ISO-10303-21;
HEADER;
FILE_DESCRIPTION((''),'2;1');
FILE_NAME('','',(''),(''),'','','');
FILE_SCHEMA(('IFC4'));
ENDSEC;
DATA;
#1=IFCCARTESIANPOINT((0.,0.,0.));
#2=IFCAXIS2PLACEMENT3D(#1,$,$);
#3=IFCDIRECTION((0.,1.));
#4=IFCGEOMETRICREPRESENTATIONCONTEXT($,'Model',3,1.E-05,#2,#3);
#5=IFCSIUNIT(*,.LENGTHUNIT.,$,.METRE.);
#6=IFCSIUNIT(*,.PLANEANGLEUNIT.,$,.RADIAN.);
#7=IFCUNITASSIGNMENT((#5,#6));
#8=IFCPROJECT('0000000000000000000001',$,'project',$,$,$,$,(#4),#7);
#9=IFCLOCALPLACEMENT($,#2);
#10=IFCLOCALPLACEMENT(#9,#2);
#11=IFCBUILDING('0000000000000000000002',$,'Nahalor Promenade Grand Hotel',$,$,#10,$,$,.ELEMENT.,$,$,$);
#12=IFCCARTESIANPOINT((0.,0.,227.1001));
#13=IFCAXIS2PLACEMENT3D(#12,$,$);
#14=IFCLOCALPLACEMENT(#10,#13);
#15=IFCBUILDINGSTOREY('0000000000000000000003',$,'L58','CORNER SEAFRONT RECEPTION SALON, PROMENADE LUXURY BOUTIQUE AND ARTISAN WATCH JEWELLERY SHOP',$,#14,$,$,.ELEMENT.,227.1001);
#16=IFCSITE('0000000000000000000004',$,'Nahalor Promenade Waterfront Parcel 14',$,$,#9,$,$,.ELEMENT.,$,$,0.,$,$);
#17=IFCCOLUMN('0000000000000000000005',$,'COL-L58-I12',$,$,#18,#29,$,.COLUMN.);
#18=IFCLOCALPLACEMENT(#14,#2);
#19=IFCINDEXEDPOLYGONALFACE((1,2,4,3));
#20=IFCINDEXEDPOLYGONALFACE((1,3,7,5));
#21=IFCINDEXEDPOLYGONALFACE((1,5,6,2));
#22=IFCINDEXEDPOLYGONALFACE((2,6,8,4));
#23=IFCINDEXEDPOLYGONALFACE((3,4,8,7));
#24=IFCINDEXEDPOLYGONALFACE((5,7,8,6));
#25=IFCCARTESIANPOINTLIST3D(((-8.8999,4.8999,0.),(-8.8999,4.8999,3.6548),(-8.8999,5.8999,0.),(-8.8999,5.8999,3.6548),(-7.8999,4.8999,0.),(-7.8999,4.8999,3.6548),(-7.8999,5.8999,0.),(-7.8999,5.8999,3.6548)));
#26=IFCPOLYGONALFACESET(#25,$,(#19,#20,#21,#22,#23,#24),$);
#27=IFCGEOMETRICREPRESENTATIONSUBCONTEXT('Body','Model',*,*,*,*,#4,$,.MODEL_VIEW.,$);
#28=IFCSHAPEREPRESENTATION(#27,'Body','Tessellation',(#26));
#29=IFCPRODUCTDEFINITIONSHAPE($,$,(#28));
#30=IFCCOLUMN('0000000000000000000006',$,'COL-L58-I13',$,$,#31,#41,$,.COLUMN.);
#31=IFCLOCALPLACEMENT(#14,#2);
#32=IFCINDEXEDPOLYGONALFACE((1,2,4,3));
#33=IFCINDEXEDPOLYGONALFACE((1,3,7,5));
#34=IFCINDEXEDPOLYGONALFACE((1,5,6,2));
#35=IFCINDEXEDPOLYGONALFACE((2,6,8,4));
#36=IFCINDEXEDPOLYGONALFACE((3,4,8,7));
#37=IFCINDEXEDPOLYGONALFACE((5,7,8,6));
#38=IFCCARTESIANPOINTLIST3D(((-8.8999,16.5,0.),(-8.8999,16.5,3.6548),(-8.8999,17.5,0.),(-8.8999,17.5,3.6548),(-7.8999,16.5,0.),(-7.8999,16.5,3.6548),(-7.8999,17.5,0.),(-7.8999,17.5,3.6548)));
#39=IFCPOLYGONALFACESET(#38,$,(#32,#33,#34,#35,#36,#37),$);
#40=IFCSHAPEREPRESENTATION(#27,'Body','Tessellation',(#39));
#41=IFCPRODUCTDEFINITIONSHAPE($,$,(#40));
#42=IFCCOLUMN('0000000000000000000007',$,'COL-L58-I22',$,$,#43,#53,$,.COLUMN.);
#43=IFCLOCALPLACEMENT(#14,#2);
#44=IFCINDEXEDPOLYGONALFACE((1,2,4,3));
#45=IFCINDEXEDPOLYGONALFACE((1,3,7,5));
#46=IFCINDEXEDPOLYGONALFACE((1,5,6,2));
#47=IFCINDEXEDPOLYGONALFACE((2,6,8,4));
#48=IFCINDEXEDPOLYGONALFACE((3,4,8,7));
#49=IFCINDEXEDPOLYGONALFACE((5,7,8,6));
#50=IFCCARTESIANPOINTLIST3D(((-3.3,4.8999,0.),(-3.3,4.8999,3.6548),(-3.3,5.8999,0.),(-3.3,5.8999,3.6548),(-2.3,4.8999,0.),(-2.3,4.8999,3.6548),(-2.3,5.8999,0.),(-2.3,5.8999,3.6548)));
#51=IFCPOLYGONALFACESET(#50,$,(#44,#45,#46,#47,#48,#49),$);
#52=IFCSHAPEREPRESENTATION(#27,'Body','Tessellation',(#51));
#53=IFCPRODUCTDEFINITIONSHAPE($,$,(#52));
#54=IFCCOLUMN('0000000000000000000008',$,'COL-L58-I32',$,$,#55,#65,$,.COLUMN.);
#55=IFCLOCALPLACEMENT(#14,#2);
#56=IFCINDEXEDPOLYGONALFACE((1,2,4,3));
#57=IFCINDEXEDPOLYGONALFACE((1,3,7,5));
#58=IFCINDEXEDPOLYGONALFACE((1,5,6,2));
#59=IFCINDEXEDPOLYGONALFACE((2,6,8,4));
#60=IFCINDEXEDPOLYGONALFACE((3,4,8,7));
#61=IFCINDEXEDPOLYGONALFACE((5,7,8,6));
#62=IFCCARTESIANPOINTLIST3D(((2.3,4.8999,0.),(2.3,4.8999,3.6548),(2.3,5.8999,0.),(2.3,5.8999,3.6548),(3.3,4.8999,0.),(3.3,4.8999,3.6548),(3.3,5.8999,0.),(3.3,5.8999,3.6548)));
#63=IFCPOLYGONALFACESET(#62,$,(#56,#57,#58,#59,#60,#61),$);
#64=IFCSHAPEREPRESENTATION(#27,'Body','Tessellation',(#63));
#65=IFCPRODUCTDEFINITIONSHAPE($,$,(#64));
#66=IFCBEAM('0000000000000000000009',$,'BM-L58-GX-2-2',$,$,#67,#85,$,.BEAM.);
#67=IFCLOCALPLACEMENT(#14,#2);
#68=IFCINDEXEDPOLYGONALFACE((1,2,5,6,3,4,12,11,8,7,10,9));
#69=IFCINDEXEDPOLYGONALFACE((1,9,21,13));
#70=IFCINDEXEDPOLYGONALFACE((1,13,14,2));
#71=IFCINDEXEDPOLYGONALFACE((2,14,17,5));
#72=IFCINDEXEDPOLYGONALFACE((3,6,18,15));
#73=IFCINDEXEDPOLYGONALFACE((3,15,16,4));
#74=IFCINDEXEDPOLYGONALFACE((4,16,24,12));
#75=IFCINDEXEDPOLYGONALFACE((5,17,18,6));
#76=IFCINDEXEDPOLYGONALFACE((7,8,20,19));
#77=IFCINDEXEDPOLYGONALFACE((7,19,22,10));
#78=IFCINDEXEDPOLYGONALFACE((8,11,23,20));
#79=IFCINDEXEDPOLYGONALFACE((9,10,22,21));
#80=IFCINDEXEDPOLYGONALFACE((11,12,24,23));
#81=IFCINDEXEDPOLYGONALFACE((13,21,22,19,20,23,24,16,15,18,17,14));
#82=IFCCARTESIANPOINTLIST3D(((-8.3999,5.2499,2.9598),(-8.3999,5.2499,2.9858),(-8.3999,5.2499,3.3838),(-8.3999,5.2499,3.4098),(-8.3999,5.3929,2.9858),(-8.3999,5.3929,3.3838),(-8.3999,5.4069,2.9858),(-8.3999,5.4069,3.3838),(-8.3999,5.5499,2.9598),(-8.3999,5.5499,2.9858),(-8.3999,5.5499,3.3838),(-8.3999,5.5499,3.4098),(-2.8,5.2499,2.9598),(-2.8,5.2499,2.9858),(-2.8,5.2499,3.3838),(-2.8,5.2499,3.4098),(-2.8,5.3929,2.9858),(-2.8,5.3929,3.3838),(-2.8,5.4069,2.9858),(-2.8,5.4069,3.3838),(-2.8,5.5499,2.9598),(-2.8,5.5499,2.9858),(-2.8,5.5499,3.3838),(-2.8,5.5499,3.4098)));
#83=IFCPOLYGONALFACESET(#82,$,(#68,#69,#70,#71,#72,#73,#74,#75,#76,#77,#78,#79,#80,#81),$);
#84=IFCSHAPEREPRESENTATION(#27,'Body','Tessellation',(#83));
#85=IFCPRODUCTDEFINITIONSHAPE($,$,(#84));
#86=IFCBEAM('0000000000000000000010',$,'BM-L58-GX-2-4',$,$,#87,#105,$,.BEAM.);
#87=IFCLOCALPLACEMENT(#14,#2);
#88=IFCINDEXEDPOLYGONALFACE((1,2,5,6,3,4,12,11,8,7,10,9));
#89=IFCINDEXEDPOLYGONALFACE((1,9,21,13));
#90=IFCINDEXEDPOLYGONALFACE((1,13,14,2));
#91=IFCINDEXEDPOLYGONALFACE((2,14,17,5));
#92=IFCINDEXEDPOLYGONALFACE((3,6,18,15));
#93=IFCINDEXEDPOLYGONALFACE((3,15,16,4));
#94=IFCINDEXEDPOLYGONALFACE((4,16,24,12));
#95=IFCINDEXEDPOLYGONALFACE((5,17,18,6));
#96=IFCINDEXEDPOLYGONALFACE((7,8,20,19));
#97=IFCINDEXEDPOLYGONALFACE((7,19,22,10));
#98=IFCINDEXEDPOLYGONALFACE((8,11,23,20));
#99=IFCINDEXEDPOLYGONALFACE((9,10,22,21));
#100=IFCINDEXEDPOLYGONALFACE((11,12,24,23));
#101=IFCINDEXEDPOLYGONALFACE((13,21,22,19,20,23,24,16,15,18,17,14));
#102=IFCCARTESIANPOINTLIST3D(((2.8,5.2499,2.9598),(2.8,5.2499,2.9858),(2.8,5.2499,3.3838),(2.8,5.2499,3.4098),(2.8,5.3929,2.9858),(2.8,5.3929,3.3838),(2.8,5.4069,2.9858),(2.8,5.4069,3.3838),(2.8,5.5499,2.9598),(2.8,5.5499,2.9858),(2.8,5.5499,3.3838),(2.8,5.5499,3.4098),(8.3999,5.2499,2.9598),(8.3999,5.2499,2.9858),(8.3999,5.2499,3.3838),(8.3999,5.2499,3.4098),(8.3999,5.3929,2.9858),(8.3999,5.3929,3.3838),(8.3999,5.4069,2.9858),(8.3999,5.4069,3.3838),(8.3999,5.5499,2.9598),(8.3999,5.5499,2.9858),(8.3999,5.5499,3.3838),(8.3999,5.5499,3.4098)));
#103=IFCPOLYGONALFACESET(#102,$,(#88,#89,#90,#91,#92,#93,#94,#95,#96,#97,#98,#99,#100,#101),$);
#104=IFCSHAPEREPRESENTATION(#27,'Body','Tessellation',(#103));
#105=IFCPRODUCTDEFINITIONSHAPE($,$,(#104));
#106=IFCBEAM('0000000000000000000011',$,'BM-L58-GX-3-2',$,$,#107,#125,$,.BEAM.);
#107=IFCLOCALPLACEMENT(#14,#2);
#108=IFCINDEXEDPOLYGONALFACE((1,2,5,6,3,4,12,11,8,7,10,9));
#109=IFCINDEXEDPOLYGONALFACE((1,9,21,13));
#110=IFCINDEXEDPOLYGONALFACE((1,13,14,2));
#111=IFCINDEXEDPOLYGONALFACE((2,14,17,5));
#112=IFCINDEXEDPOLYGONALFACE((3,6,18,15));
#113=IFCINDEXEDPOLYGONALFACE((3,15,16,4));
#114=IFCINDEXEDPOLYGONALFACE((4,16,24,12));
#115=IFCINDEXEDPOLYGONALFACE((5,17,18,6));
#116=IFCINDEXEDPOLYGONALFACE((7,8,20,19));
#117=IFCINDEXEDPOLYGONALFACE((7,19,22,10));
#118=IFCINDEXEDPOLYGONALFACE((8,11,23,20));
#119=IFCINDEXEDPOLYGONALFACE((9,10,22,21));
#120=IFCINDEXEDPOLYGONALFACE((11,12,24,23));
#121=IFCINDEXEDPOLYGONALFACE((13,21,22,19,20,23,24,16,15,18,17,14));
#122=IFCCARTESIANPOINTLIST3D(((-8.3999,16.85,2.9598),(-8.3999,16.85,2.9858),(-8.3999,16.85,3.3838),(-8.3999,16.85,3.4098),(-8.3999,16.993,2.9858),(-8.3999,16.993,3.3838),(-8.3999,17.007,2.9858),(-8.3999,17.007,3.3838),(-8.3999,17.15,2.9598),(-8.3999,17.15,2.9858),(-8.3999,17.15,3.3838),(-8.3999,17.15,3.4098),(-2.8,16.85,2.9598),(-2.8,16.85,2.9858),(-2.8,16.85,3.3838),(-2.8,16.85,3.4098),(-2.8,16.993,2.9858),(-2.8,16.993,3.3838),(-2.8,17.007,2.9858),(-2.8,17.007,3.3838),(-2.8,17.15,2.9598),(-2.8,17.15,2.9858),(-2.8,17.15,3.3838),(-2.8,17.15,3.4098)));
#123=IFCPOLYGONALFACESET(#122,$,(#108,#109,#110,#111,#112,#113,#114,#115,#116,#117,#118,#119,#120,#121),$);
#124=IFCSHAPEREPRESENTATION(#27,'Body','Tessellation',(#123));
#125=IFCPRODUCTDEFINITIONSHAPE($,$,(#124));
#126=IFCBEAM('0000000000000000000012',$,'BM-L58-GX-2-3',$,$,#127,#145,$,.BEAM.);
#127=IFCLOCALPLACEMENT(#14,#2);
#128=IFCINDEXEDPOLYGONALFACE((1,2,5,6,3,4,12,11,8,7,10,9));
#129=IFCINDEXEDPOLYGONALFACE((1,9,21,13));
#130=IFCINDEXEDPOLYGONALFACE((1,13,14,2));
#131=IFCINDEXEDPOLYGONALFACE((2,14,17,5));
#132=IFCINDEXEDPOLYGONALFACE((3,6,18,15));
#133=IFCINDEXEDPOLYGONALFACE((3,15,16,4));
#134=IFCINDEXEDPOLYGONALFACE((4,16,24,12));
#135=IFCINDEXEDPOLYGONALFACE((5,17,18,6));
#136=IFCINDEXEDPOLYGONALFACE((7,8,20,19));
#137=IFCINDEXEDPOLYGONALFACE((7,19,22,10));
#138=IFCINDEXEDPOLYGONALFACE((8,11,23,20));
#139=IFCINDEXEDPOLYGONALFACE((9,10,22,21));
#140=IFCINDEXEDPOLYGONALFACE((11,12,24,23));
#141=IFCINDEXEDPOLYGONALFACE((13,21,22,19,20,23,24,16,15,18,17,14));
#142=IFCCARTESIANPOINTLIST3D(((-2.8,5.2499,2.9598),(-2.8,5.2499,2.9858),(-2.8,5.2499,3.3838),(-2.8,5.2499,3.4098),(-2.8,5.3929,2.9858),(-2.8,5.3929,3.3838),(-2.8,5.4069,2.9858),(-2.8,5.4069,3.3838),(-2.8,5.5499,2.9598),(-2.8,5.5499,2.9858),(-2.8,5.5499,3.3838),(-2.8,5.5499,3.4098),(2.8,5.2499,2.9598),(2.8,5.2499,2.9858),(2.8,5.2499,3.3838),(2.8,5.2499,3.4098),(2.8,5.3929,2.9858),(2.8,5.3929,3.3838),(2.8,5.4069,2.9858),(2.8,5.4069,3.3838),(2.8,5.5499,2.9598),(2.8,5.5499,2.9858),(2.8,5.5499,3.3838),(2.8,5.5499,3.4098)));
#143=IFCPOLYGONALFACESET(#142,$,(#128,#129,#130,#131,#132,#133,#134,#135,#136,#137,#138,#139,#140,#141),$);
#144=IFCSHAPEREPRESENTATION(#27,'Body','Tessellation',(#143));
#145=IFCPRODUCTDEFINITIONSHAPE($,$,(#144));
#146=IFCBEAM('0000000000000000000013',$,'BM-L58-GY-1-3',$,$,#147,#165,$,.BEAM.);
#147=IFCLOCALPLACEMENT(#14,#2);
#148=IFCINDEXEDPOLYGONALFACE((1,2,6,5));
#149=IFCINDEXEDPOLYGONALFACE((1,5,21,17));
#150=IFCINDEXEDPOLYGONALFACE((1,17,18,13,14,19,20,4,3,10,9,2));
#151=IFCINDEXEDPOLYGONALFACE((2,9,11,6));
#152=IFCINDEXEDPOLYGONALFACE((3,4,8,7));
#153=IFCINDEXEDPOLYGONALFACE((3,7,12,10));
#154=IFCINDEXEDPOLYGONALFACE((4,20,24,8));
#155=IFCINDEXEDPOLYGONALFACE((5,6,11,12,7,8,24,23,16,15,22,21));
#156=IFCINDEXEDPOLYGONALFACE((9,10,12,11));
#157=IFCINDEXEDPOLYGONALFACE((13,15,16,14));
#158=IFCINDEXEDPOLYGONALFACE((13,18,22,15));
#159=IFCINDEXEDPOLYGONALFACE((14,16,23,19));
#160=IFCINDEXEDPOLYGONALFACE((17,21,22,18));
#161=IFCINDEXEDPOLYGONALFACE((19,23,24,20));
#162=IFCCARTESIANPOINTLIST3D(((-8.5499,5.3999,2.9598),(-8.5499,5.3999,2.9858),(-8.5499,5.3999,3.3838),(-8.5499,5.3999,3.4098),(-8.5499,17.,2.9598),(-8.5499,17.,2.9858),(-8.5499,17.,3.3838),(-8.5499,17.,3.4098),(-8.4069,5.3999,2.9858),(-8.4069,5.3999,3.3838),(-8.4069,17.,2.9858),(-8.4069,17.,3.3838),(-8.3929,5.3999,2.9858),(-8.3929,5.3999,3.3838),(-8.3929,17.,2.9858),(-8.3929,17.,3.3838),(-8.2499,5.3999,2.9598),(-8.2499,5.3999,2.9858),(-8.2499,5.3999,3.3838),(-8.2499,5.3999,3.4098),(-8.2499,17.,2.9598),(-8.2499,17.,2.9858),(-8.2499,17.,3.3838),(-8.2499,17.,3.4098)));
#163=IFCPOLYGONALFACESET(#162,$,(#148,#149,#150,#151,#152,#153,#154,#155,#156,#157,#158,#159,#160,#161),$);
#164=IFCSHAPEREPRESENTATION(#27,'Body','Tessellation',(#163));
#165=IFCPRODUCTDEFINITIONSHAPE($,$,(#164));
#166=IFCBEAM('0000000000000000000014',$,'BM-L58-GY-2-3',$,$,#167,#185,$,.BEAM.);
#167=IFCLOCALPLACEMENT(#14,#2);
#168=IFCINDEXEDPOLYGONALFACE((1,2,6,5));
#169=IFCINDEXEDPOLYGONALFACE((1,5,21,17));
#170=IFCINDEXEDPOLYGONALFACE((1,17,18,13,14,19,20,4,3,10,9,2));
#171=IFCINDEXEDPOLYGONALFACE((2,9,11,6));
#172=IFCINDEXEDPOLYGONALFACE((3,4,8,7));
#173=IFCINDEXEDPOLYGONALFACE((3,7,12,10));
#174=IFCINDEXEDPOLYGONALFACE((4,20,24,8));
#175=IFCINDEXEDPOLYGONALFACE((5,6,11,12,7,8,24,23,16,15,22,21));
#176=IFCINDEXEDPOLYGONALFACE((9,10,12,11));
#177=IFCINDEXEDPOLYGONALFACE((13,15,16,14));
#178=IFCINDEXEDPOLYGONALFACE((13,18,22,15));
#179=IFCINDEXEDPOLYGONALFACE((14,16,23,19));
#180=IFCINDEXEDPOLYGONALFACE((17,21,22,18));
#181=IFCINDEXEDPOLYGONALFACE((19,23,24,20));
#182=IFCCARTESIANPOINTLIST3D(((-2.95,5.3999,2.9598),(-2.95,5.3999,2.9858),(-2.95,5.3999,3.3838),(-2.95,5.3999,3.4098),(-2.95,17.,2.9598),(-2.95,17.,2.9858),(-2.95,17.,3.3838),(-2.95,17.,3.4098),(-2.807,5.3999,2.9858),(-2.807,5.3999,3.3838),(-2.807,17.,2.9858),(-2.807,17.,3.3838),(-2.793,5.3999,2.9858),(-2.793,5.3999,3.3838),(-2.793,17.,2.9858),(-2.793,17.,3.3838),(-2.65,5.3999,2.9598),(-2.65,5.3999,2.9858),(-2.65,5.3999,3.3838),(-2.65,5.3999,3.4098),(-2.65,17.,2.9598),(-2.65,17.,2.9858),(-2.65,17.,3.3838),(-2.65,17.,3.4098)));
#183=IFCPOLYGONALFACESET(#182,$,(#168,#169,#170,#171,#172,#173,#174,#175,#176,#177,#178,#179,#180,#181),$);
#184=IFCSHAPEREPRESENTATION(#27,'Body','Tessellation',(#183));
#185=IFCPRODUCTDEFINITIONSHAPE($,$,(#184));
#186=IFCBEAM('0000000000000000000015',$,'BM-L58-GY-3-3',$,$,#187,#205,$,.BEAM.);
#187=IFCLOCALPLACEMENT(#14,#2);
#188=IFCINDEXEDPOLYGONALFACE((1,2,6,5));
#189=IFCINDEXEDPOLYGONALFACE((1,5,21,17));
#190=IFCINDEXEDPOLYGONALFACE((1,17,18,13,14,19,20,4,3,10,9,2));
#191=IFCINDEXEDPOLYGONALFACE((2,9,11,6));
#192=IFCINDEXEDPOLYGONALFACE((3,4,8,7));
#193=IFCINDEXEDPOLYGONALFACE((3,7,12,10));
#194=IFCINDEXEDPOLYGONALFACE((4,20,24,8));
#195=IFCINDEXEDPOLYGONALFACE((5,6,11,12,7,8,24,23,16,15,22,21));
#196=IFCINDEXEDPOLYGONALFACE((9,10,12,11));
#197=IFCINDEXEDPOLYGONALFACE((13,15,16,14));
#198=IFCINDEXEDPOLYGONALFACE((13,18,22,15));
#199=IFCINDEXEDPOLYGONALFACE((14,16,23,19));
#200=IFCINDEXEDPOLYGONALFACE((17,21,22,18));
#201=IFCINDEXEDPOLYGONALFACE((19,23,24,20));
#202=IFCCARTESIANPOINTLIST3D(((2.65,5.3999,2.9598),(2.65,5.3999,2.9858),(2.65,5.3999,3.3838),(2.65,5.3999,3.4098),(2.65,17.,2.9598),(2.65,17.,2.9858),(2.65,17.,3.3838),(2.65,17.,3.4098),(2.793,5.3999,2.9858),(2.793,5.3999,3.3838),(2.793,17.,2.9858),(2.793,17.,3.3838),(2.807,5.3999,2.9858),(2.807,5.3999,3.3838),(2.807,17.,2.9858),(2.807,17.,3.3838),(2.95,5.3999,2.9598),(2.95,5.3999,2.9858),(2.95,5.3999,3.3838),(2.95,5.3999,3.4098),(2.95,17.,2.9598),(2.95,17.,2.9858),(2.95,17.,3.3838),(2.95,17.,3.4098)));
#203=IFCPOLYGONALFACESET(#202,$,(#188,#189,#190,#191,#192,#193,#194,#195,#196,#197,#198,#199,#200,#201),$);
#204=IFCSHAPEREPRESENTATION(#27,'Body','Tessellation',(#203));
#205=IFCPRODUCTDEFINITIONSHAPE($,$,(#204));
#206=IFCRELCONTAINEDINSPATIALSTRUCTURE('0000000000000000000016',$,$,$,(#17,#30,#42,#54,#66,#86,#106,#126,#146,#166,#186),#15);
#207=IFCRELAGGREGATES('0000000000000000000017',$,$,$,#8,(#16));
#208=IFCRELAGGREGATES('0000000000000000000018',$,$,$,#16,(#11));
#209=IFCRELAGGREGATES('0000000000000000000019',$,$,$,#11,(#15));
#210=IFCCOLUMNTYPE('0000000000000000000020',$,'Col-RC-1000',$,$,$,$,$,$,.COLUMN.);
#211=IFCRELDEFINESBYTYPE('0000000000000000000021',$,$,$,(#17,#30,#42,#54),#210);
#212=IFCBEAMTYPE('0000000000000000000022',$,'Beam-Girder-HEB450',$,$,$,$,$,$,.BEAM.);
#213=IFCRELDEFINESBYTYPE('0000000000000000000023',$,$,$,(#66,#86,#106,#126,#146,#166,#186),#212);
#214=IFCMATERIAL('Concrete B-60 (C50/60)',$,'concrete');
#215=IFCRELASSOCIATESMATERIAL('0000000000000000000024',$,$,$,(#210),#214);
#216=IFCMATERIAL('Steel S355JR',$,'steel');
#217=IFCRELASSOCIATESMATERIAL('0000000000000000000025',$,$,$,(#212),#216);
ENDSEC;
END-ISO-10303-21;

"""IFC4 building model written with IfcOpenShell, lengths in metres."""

from ifc_helpers import new_model, si_unit, direction, frame, origin, origin_2d, place, context, subcontext, project, spatial, rectangle, i_section, extrude, source, transform, mapped, material, material_profile, profile_set, type_object, element, save


model = new_model("IFC4")

# Units and contexts
model_context = context("Model", 3, precision=1e-05, world=origin(), true_north=direction((0.0, 1.0)))
body_context = subcontext(model_context, "Body", "Model", "MODEL_VIEW")
ifc_project = project(units=[si_unit("LENGTHUNIT", "METRE"), si_unit("PLANEANGLEUNIT", "RADIAN")], contexts=[model_context])

# Site, building, storey
site_placement = place(None, origin())
site = spatial("IfcSite", under=ifc_project, at=site_placement, Name="Nahalor Promenade Waterfront Parcel 14", CompositionType="ELEMENT", RefElevation=0.0)
building_placement = place(site_placement, origin())
building = spatial("IfcBuilding", under=site, at=building_placement, Name="Nahalor Promenade Grand Hotel", CompositionType="ELEMENT")
storey_placement = place(building_placement, frame((0.0, 0.0, 227.1001)))
storey = spatial("IfcBuildingStorey", under=building, at=storey_placement, Name="L58", Description="CORNER SEAFRONT RECEPTION SALON, PROMENADE LUXURY BOUTIQUE AND ARTISAN WATCH JEWELLERY SHOP", CompositionType="ELEMENT", Elevation=227.1001)

# Columns
ifc_material_1 = material(Name="Concrete B-60 (C50/60)", Category="concrete")
ifc_material_profile_1 = material_profile(ifc_material_1, rectangle(XDim=1.0, YDim=1.0, at=origin_2d()), Name="RC 1000x1000")
ifc_profile_set_1 = profile_set([ifc_material_profile_1], Name="Concrete B-60 (C50/60)")
column_type = type_object("IfcColumnType", Name="Col-RC-1000", PredefinedType="COLUMN", material=ifc_profile_set_1)
shared_shape_1 = source(origin(), body_context, "Body", "SweptSolid", [
    extrude(rectangle(XDim=1.0, YDim=1.0, at=origin_2d()), origin(), (0.0, 0.0, 1.0), 3.6548),
])
for number, where, z_axis, x_axis, name in (
    (1, (-8.3999, 5.3999, 0.0), (0.0, 0.0, 1.0), (1.0, 0.0, 0.0), "COL-L58-I12"),
    (2, (-8.3999, 17.0, 0.0), (0.0, 0.0, 1.0), (1.0, 0.0, 0.0), "COL-L58-I13"),
    (3, (-2.8, 5.3999, 0.0), (0.0, 0.0, 1.0), (1.0, 0.0, 0.0), "COL-L58-I22"),
    (4, (2.8, 5.3999, 0.0), (0.0, 0.0, 1.0), (1.0, 0.0, 0.0), "COL-L58-I32"),
):
    element("IfcColumn", number, at=place(storey_placement, frame(where, z_axis=z_axis, x_axis=x_axis)), inside=storey, type_object=column_type, Name=name, PredefinedType="COLUMN", context=body_context, shape_type="MappedRepresentation", body=[
        mapped(shared_shape_1, transform((0.0, 0.0, 0.0), scale=1.0)),
    ])

# Beams
ifc_material_2 = material(Name="Steel S355JR", Category="steel")
ifc_material_profile_2 = material_profile(ifc_material_2, i_section(OverallWidth=0.3, OverallDepth=0.45, WebThickness=0.014, FlangeThickness=0.026, at=origin_2d()), Name="HEB 450")
ifc_profile_set_2 = profile_set([ifc_material_profile_2], Name="Steel S355JR")
beam_type_1 = type_object("IfcBeamType", Name="Beam-Girder-HEB450", PredefinedType="BEAM", material=ifc_profile_set_2)
shared_shape_2 = source(origin(), body_context, "Body", "SweptSolid", [
    extrude(i_section(OverallWidth=0.3, OverallDepth=0.45, WebThickness=0.014, FlangeThickness=0.026, at=origin_2d()), origin(), (0.0, 0.0, 1.0), 5.5999),
])
for number, where, z_axis, x_axis, name in (
    (5, (-8.3999, 5.3999, 3.1848), (1.0, 0.0, 0.0), (0.0, 1.0, 0.0), "BM-L58-GX-2-2"),
    (6, (2.8, 5.3999, 3.1848), (1.0, 0.0, 0.0), (0.0, 1.0, 0.0), "BM-L58-GX-2-4"),
    (7, (-8.3999, 17.0, 3.1848), (1.0, 0.0, 0.0), (0.0, 1.0, 0.0), "BM-L58-GX-3-2"),
):
    element("IfcBeam", number, at=place(storey_placement, frame(where, z_axis=z_axis, x_axis=x_axis)), inside=storey, type_object=beam_type_1, Name=name, PredefinedType="BEAM", context=body_context, shape_type="MappedRepresentation", body=[
        mapped(shared_shape_2, transform((0.0, 0.0, 0.0), scale=1.0)),
    ])
shared_shape_3 = source(origin(), body_context, "Body", "SweptSolid", [
    extrude(i_section(OverallWidth=0.3, OverallDepth=0.45, WebThickness=0.014, FlangeThickness=0.026, at=origin_2d()), origin(), (0.0, 0.0, 1.0), 5.6001),
])
beam_1_placement = place(storey_placement, frame((-2.8, 5.3999, 3.1848), z_axis=(1.0, 0.0, 0.0), x_axis=(0.0, 1.0, 0.0)))
element("IfcBeam", 8, at=beam_1_placement, inside=storey, type_object=beam_type_1, Name="BM-L58-GX-2-3", PredefinedType="BEAM", context=body_context, shape_type="MappedRepresentation", body=[
    mapped(shared_shape_3, transform((0.0, 0.0, 0.0), scale=1.0)),
])
shared_shape_4 = source(origin(), body_context, "Body", "SweptSolid", [
    extrude(i_section(OverallWidth=0.3, OverallDepth=0.45, WebThickness=0.014, FlangeThickness=0.026, at=origin_2d()), origin(), (0.0, 0.0, 1.0), 11.6001),
])
for number, where, z_axis, x_axis, name in (
    (9, (-8.3999, 5.3999, 3.1848), (0.0, 1.0, 0.0), (-1.0, 0.0, 0.0), "BM-L58-GY-1-3"),
    (10, (-2.8, 5.3999, 3.1848), (0.0, 1.0, 0.0), (-1.0, 0.0, 0.0), "BM-L58-GY-2-3"),
    (11, (2.8, 5.3999, 3.1848), (0.0, 1.0, 0.0), (-1.0, 0.0, 0.0), "BM-L58-GY-3-3"),
):
    element("IfcBeam", number, at=place(storey_placement, frame(where, z_axis=z_axis, x_axis=x_axis)), inside=storey, type_object=beam_type_1, Name=name, PredefinedType="BEAM", context=body_context, shape_type="MappedRepresentation", body=[
        mapped(shared_shape_4, transform((0.0, 0.0, 0.0), scale=1.0)),
    ])

save(model, "model.ifc")
